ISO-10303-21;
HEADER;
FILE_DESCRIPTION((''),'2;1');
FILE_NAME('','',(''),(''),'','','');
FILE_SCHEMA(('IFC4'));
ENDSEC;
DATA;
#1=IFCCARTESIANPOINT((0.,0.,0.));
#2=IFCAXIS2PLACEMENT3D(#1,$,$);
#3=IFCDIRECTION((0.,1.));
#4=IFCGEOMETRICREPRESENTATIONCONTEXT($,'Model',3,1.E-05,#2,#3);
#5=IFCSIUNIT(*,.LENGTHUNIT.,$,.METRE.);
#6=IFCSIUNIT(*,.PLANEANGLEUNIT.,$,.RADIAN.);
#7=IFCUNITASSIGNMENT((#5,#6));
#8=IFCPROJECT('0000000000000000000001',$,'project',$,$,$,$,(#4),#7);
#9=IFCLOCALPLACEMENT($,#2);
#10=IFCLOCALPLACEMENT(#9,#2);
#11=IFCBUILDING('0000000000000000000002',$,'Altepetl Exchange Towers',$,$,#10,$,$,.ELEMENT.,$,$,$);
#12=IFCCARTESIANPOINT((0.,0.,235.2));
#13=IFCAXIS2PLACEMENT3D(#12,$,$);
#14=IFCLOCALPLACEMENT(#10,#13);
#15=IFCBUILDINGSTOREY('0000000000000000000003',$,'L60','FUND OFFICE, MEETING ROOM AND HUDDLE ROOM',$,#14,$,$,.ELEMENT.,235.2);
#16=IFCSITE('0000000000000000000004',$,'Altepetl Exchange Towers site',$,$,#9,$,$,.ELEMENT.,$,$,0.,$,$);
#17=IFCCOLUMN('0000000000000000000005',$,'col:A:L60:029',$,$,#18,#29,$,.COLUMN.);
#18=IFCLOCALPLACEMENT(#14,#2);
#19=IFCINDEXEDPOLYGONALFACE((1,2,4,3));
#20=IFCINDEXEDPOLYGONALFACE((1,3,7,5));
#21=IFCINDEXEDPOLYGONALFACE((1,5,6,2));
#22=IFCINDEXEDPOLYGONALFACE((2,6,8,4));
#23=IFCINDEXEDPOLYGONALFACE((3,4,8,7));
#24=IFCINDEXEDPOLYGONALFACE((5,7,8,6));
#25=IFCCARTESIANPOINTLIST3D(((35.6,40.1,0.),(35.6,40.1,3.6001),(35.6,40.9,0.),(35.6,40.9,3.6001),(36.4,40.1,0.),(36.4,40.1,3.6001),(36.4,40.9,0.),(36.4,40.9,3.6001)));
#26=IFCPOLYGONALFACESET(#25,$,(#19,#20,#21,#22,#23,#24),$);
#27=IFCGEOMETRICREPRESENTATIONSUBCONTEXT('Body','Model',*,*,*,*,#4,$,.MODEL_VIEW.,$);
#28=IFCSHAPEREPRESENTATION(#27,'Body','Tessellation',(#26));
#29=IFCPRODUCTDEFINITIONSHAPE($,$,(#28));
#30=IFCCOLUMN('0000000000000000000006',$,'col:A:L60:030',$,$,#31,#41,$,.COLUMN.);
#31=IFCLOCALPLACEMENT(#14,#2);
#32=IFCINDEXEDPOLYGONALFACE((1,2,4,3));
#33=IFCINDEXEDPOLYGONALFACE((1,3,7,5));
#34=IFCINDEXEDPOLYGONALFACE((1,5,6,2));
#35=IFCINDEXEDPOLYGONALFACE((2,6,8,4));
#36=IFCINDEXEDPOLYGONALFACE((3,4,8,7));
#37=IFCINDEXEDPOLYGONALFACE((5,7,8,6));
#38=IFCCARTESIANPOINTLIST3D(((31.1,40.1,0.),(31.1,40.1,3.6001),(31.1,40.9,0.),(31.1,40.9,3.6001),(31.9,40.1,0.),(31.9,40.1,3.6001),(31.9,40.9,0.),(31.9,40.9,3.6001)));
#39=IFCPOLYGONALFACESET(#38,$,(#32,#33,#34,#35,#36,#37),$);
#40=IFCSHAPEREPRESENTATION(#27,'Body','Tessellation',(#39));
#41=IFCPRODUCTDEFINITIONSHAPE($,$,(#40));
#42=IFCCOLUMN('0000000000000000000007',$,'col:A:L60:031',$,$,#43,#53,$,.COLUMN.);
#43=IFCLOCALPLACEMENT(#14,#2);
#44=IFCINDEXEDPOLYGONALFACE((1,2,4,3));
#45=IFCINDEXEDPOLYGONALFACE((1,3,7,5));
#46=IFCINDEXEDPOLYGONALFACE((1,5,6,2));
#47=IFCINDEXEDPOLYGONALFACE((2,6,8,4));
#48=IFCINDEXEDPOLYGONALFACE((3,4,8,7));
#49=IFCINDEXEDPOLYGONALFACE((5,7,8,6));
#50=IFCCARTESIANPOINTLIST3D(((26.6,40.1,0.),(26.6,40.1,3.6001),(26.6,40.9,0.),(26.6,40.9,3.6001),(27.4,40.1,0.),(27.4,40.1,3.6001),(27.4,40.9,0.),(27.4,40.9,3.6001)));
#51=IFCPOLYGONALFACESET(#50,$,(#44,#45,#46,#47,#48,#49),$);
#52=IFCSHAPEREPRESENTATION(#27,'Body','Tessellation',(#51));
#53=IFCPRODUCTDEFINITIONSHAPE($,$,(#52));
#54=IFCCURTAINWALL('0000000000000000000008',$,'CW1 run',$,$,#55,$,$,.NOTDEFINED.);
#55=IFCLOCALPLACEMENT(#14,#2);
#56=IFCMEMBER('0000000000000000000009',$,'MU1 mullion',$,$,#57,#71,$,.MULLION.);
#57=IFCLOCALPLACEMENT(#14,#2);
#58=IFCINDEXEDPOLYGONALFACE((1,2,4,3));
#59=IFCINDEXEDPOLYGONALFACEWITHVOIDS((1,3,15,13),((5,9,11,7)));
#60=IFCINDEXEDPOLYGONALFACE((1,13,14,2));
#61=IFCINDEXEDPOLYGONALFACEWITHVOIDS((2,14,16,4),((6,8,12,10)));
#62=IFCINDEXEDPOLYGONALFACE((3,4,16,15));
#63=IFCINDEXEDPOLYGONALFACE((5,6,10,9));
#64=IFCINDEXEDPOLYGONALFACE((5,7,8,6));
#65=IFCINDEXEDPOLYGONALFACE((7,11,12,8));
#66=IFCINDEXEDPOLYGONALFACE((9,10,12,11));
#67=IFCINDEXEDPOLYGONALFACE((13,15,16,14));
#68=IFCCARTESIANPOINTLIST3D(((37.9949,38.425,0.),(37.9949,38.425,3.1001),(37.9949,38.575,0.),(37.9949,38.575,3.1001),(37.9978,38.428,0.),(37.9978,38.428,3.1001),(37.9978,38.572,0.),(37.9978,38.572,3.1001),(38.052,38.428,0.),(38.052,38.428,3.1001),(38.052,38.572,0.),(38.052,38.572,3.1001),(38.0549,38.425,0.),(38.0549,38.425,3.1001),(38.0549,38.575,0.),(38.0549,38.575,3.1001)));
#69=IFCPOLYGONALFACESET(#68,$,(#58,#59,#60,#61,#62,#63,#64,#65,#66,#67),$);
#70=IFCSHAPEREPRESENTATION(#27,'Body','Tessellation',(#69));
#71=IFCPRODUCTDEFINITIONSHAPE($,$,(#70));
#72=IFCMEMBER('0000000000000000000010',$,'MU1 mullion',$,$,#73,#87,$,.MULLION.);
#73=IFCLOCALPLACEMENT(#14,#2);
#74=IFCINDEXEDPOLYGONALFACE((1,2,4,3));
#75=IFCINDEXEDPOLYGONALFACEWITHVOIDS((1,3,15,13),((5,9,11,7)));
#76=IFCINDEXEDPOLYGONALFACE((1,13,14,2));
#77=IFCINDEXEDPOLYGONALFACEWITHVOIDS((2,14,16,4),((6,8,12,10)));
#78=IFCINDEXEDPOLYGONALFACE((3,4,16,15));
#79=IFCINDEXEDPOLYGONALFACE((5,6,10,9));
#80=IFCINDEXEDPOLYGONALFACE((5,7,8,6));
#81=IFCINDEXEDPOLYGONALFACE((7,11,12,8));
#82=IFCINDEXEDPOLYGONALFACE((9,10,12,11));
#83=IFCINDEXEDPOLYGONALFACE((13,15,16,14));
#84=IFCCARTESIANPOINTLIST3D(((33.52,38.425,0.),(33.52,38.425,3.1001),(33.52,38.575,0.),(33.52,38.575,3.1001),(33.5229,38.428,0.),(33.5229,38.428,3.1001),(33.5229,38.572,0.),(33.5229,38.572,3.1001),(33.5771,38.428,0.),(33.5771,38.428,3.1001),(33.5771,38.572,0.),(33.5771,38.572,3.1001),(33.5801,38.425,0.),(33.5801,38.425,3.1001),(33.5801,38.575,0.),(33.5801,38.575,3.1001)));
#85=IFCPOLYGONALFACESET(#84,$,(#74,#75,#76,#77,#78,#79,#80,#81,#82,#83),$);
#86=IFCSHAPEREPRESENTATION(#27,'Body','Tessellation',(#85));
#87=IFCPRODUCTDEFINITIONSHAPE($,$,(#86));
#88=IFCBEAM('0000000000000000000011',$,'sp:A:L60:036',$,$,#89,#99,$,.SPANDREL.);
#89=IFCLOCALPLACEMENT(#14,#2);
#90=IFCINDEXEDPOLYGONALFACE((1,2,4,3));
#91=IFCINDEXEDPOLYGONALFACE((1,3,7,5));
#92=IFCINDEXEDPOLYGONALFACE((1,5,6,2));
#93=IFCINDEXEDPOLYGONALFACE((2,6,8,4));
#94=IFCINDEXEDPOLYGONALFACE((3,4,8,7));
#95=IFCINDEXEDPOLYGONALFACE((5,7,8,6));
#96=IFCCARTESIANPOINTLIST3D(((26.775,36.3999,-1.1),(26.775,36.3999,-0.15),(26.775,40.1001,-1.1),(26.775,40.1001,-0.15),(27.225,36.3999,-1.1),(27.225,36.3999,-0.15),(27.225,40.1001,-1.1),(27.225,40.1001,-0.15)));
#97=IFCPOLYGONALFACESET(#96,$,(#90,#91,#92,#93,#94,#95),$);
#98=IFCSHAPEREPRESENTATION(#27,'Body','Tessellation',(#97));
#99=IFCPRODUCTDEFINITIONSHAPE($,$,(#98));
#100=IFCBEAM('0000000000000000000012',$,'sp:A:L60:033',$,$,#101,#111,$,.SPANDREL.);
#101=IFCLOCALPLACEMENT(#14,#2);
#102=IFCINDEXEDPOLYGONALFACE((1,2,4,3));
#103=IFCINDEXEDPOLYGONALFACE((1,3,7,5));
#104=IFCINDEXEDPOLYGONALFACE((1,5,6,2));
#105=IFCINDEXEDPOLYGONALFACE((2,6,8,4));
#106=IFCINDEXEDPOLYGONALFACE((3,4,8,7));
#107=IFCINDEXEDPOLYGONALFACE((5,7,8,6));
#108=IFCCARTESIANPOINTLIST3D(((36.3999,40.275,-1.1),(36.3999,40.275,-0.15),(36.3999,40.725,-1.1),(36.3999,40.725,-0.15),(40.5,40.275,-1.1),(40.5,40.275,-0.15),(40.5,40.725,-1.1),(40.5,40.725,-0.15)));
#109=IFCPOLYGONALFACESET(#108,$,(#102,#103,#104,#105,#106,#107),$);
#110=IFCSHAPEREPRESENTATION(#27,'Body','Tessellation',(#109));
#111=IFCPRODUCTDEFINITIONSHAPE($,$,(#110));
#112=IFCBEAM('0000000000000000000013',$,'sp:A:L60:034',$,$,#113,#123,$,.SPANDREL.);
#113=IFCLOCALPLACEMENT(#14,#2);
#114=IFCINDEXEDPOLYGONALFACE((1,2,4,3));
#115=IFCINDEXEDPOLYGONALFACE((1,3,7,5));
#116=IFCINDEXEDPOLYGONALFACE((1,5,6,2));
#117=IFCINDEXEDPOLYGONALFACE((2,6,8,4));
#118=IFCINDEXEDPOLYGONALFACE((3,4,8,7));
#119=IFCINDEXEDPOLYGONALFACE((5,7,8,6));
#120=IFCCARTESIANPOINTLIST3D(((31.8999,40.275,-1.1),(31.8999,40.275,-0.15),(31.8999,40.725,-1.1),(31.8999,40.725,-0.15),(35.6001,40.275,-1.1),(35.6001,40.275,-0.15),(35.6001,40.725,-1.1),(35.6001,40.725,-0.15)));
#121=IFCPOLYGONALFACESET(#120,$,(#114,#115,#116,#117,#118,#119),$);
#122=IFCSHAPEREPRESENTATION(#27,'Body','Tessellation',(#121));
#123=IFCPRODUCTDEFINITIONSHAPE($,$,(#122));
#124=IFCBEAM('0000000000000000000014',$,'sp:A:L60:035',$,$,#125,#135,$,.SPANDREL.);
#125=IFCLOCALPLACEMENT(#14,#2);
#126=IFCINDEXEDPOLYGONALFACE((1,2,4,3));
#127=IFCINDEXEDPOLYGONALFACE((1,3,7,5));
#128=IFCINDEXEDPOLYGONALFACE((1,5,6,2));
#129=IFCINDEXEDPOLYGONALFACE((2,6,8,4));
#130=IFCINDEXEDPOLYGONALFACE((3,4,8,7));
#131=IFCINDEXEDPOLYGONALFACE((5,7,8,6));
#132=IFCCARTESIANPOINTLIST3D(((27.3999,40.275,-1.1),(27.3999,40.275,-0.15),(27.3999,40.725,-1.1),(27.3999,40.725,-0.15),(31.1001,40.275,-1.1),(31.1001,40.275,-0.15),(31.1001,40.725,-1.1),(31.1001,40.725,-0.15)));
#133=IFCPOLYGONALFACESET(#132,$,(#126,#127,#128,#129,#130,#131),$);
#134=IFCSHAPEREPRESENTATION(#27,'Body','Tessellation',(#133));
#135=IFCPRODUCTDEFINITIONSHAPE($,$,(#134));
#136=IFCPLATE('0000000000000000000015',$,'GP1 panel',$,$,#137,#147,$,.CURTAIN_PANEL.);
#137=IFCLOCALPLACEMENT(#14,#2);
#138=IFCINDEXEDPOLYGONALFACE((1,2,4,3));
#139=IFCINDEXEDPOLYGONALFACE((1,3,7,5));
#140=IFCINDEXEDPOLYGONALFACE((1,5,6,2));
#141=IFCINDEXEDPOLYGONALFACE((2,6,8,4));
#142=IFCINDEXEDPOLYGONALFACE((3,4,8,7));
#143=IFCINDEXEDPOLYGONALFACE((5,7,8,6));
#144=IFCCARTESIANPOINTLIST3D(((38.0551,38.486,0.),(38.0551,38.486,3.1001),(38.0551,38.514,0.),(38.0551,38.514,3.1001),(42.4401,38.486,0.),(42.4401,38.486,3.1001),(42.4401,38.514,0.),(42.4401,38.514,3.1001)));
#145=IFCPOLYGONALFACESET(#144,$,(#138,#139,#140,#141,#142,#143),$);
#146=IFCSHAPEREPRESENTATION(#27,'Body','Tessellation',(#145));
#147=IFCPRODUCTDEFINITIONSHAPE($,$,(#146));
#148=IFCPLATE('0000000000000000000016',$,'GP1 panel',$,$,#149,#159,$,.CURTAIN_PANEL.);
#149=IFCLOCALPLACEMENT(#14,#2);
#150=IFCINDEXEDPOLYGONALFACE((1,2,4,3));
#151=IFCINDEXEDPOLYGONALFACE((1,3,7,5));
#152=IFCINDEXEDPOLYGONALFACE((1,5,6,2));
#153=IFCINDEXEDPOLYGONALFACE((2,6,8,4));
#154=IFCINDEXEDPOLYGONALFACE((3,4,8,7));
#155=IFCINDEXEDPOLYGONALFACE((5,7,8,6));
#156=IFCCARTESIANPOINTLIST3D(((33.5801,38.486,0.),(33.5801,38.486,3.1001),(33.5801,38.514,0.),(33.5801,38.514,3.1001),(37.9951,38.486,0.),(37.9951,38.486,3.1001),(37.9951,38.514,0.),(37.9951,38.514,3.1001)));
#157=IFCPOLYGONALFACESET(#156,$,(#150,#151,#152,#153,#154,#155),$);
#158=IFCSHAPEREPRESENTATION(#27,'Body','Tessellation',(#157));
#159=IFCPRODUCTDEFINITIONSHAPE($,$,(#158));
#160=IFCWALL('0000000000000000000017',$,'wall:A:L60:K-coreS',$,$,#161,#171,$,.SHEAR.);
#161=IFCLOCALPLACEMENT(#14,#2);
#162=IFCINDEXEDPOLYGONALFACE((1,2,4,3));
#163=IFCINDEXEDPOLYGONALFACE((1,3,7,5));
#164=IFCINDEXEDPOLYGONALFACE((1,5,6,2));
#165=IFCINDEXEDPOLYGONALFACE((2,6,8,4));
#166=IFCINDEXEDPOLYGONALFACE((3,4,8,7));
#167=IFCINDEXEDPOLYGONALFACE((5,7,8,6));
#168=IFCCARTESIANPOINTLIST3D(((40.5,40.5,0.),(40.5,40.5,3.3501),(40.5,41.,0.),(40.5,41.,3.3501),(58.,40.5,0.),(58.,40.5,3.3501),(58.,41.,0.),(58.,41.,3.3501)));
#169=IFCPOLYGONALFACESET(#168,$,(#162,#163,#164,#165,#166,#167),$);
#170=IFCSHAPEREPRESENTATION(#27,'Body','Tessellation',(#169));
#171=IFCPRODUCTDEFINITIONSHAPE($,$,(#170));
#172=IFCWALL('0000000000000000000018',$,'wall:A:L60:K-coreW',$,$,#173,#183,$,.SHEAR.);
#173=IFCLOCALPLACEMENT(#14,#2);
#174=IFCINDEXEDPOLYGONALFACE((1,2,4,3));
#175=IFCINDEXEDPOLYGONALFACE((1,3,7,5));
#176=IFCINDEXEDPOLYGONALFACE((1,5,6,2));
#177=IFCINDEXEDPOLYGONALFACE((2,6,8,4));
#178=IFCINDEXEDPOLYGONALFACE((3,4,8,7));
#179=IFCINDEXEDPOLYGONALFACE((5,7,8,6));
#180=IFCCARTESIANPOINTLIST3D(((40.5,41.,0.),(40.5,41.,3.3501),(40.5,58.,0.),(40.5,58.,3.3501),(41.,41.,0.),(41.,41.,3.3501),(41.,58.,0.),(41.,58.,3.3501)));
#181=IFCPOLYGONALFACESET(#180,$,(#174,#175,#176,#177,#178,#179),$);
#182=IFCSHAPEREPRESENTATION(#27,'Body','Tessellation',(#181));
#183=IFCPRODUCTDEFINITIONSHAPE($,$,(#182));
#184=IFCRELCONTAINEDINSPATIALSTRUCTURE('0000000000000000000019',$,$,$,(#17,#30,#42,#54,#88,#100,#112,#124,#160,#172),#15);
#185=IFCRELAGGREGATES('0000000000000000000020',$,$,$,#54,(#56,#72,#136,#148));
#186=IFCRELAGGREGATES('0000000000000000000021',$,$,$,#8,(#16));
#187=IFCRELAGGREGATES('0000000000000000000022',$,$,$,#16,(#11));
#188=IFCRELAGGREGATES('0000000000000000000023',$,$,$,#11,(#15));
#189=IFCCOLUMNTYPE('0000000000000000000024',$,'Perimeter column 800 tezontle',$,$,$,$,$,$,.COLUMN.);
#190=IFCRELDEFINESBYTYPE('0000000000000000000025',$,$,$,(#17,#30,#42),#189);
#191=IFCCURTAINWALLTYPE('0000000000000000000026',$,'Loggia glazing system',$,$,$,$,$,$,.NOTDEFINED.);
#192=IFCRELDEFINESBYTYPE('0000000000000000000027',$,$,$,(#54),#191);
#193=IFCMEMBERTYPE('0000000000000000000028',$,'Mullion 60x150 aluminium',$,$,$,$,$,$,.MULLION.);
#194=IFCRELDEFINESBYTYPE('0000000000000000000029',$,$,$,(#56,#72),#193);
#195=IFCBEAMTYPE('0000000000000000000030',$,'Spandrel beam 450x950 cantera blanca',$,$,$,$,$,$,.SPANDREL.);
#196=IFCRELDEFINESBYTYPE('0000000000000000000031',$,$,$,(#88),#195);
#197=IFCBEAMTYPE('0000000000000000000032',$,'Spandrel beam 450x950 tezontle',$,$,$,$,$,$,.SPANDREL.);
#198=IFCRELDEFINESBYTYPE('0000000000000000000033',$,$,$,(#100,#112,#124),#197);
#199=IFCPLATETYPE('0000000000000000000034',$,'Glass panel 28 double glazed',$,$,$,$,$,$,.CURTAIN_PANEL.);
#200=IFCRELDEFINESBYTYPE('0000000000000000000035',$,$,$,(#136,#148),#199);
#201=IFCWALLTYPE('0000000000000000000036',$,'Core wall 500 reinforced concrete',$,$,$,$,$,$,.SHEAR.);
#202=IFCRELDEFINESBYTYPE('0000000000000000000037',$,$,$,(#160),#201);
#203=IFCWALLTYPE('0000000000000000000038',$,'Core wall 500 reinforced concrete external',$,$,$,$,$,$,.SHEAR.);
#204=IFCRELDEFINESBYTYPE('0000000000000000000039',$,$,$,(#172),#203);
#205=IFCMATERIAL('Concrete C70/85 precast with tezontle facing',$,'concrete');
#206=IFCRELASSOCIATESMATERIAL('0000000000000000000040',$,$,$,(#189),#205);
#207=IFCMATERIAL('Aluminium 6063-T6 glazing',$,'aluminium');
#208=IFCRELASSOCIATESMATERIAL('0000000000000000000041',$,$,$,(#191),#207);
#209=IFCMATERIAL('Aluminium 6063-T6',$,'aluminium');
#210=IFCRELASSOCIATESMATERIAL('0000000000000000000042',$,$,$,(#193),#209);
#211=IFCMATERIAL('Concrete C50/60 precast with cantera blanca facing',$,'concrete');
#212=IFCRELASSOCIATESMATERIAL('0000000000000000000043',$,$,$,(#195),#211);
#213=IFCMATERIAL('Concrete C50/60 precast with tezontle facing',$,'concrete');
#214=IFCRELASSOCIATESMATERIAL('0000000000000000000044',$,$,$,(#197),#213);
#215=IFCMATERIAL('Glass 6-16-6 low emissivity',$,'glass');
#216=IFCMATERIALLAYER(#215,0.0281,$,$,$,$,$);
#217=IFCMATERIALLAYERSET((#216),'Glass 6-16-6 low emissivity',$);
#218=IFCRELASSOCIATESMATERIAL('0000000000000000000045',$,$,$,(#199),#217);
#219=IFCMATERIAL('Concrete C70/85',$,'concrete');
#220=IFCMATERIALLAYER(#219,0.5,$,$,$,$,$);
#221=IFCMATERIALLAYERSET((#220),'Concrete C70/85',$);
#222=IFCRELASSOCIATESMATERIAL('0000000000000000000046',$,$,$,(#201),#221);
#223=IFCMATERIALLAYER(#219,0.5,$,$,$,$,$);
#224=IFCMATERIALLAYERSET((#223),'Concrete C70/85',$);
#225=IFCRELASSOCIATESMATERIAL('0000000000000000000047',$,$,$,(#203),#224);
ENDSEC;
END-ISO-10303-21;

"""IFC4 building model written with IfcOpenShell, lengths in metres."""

from ifc_helpers import new_model, si_unit, direction, frame, frame_2d, origin, origin_2d, place, context, subcontext, project, spatial, rectangle, hollow_rectangle, extrude, material, layer, layer_set, material_profile, profile_set, type_object, element, aggregate, save


model = new_model("IFC4")

# Units and contexts
model_context = context("Model", 3, precision=1e-05, world=origin(), true_north=direction((0.0, 1.0)))
body_context = subcontext(model_context, "Body", "Model", "MODEL_VIEW")
ifc_project = project(units=[si_unit("LENGTHUNIT", "METRE"), si_unit("PLANEANGLEUNIT", "RADIAN")], contexts=[model_context])

# Site, building, storey
site_placement = place(None, origin())
site = spatial("IfcSite", under=ifc_project, at=site_placement, Name="Altepetl Exchange Towers site", CompositionType="ELEMENT", RefElevation=0.0)
building_placement = place(site_placement, origin())
building = spatial("IfcBuilding", under=site, at=building_placement, Name="Altepetl Exchange Towers", CompositionType="ELEMENT")
storey_placement = place(building_placement, frame((0.0, 0.0, 235.2)))
storey = spatial("IfcBuildingStorey", under=building, at=storey_placement, Name="L60", Description="FUND OFFICE, MEETING ROOM AND HUDDLE ROOM", CompositionType="ELEMENT", Elevation=235.2)

# Columns
ifc_material_1 = material(Name="Concrete C70/85 precast with tezontle facing", Category="concrete")
ifc_material_profile_1 = material_profile(ifc_material_1, rectangle(XDim=0.8, YDim=0.8, at=origin_2d()), Name="800 x 800")
ifc_profile_set_1 = profile_set([ifc_material_profile_1], Name="Concrete C70/85 precast with tezontle facing")
column_type = type_object("IfcColumnType", Name="Perimeter column 800 tezontle", PredefinedType="COLUMN", material=ifc_profile_set_1)
for number, where, name in (
    (1, (36.0, 40.5, 0.0), "col:A:L60:029"),
    (2, (31.5, 40.5, 0.0), "col:A:L60:030"),
    (3, (27.0, 40.5, 0.0), "col:A:L60:031"),
):
    element("IfcColumn", number, at=place(storey_placement, frame(where)), inside=storey, type_object=column_type, Name=name, PredefinedType="COLUMN", context=body_context, shape_type="SweptSolid", body=[
        extrude(rectangle(XDim=0.8, YDim=0.8, at=origin_2d()), origin(), (0.0, 0.0, 1.0), 3.6001),
    ])

# Curtain wall, members
ifc_material_2 = material(Name="Aluminium 6063-T6 glazing", Category="aluminium")
curtain_wall_type = type_object("IfcCurtainWallType", Name="Loggia glazing system", PredefinedType="NOTDEFINED", material=ifc_material_2)
curtain_wall_placement = place(storey_placement, origin())
curtain_wall = element("IfcCurtainWall", 4, at=curtain_wall_placement, inside=storey, type_object=curtain_wall_type, Name="CW1 run", PredefinedType="NOTDEFINED")
ifc_material_3 = material(Name="Aluminium 6063-T6", Category="aluminium")
ifc_material_profile_2 = material_profile(ifc_material_3, hollow_rectangle(XDim=0.0601, YDim=0.1499, WallThickness=0.0029, at=origin_2d()), Name="Mullion 60x150 aluminium")
ifc_profile_set_2 = profile_set([ifc_material_profile_2], Name="Aluminium 6063-T6")
member_type = type_object("IfcMemberType", Name="Mullion 60x150 aluminium", PredefinedType="MULLION", material=ifc_profile_set_2)
member_1_placement = place(storey_placement, frame((38.0249, 38.5, 0.0), z_axis=(0.0, 0.0, 1.0), x_axis=(-1.0, 0.0, 0.0)))
member_1 = element("IfcMember", 5, at=member_1_placement, type_object=member_type, Name="MU1 mullion", PredefinedType="MULLION", context=body_context, shape_type="SweptSolid", body=[
    extrude(hollow_rectangle(XDim=0.0601, YDim=0.1499, WallThickness=0.0029, at=origin_2d()), origin(), (0.0, 0.0, 1.0), 3.1001),
])
member_2_placement = place(storey_placement, frame((33.55, 38.5, 0.0), z_axis=(0.0, 0.0, 1.0), x_axis=(-1.0, 0.0, 0.0)))
member_2 = element("IfcMember", 6, at=member_2_placement, type_object=member_type, Name="MU1 mullion", PredefinedType="MULLION", context=body_context, shape_type="SweptSolid", body=[
    extrude(hollow_rectangle(XDim=0.0601, YDim=0.1499, WallThickness=0.0029, at=origin_2d()), origin(), (0.0, 0.0, 1.0), 3.1001),
])

# Beams
ifc_material_4 = material(Name="Concrete C50/60 precast with cantera blanca facing", Category="concrete")
ifc_material_profile_3 = material_profile(ifc_material_4, rectangle(XDim=0.45, YDim=0.95, at=origin_2d()), Name="450 x 950")
ifc_profile_set_3 = profile_set([ifc_material_profile_3], Name="Concrete C50/60 precast with cantera blanca facing")
beam_type_1 = type_object("IfcBeamType", Name="Spandrel beam 450x950 cantera blanca", PredefinedType="SPANDREL", material=ifc_profile_set_3)
beam_1_placement = place(storey_placement, frame((27.0, 40.1001, -0.625), z_axis=(0.0, -1.0, 0.0), x_axis=(1.0, 0.0, 0.0)))
element("IfcBeam", 7, at=beam_1_placement, inside=storey, type_object=beam_type_1, Name="sp:A:L60:036", PredefinedType="SPANDREL", context=body_context, shape_type="SweptSolid", body=[
    extrude(rectangle(XDim=0.45, YDim=0.95, at=origin_2d()), origin(), (0.0, 0.0, 1.0), 3.7002),
])
ifc_material_5 = material(Name="Concrete C50/60 precast with tezontle facing", Category="concrete")
ifc_material_profile_4 = material_profile(ifc_material_5, rectangle(XDim=0.45, YDim=0.95, at=origin_2d()), Name="450 x 950")
ifc_profile_set_4 = profile_set([ifc_material_profile_4], Name="Concrete C50/60 precast with tezontle facing")
beam_type_2 = type_object("IfcBeamType", Name="Spandrel beam 450x950 tezontle", PredefinedType="SPANDREL", material=ifc_profile_set_4)
beam_2_placement = place(storey_placement, frame((40.5, 40.5, -0.625), z_axis=(-1.0, 0.0, 0.0), x_axis=(0.0, -1.0, 0.0)))
element("IfcBeam", 8, at=beam_2_placement, inside=storey, type_object=beam_type_2, Name="sp:A:L60:033", PredefinedType="SPANDREL", context=body_context, shape_type="SweptSolid", body=[
    extrude(rectangle(XDim=0.45, YDim=0.95, at=origin_2d()), origin(), (0.0, 0.0, 1.0), 4.1001),
])
for number, where, z_axis, x_axis, name in (
    (9, (35.6001, 40.5, -0.625), (-1.0, 0.0, 0.0), (0.0, -1.0, 0.0), "sp:A:L60:034"),
    (10, (31.1001, 40.5, -0.625), (-1.0, 0.0, 0.0), (0.0, -1.0, 0.0), "sp:A:L60:035"),
):
    element("IfcBeam", number, at=place(storey_placement, frame(where, z_axis=z_axis, x_axis=x_axis)), inside=storey, type_object=beam_type_2, Name=name, PredefinedType="SPANDREL", context=body_context, shape_type="SweptSolid", body=[
        extrude(rectangle(XDim=0.45, YDim=0.95, at=origin_2d()), origin(), (0.0, 0.0, 1.0), 3.7002),
    ])

# Plates
ifc_material_6 = material(Name="Glass 6-16-6 low emissivity", Category="glass")
ifc_layer_1 = layer(ifc_material_6, 0.0281)
ifc_layer_set_1 = layer_set([ifc_layer_1], Name="Glass 6-16-6 low emissivity")
plate_type = type_object("IfcPlateType", Name="Glass panel 28 double glazed", PredefinedType="CURTAIN_PANEL", material=ifc_layer_set_1)
plate_1_placement = place(storey_placement, frame((40.2476, 38.5, 0.0), z_axis=(0.0, 0.0, 1.0), x_axis=(-1.0, 0.0, 0.0)))
plate_1 = element("IfcPlate", 11, at=plate_1_placement, type_object=plate_type, Name="GP1 panel", PredefinedType="CURTAIN_PANEL", context=body_context, shape_type="SweptSolid", body=[
    extrude(rectangle(XDim=4.385, YDim=0.0281, at=origin_2d()), origin(), (0.0, 0.0, 1.0), 3.1001),
])
plate_2_placement = place(storey_placement, frame((35.7876, 38.5, 0.0), z_axis=(0.0, 0.0, 1.0), x_axis=(-1.0, 0.0, 0.0)))
plate_2 = element("IfcPlate", 12, at=plate_2_placement, type_object=plate_type, Name="GP1 panel", PredefinedType="CURTAIN_PANEL", context=body_context, shape_type="SweptSolid", body=[
    extrude(rectangle(XDim=4.415, YDim=0.0281, at=origin_2d()), origin(), (0.0, 0.0, 1.0), 3.1001),
])
aggregate(curtain_wall, [member_1, member_2, plate_1, plate_2])

# Walls
ifc_material_7 = material(Name="Concrete C70/85", Category="concrete")
ifc_layer_2 = layer(ifc_material_7, 0.5)
ifc_layer_set_2 = layer_set([ifc_layer_2], Name="Concrete C70/85")
wall_type_1 = type_object("IfcWallType", Name="Core wall 500 reinforced concrete", PredefinedType="SHEAR", material=ifc_layer_set_2)
wall_1_placement = place(storey_placement, frame((40.5, 40.75, 0.0)))
element("IfcWall", 13, at=wall_1_placement, inside=storey, type_object=wall_type_1, Name="wall:A:L60:K-coreS", PredefinedType="SHEAR", context=body_context, shape_type="SweptSolid", body=[
    extrude(rectangle(XDim=17.5, YDim=0.5, at=frame_2d((8.75, 0.0))), origin(), (0.0, 0.0, 1.0), 3.3501),
])
ifc_layer_3 = layer(ifc_material_7, 0.5)
ifc_layer_set_3 = layer_set([ifc_layer_3], Name="Concrete C70/85")
wall_type_2 = type_object("IfcWallType", Name="Core wall 500 reinforced concrete external", PredefinedType="SHEAR", material=ifc_layer_set_3)
wall_2_placement = place(storey_placement, frame((40.75, 41.0, 0.0), z_axis=(0.0, 0.0, 1.0), x_axis=(0.0, 1.0, 0.0)))
element("IfcWall", 14, at=wall_2_placement, inside=storey, type_object=wall_type_2, Name="wall:A:L60:K-coreW", PredefinedType="SHEAR", context=body_context, shape_type="SweptSolid", body=[
    extrude(rectangle(XDim=17.0, YDim=0.5, at=frame_2d((8.5, 0.0))), origin(), (0.0, 0.0, 1.0), 3.3501),
])

save(model, "model.ifc")
